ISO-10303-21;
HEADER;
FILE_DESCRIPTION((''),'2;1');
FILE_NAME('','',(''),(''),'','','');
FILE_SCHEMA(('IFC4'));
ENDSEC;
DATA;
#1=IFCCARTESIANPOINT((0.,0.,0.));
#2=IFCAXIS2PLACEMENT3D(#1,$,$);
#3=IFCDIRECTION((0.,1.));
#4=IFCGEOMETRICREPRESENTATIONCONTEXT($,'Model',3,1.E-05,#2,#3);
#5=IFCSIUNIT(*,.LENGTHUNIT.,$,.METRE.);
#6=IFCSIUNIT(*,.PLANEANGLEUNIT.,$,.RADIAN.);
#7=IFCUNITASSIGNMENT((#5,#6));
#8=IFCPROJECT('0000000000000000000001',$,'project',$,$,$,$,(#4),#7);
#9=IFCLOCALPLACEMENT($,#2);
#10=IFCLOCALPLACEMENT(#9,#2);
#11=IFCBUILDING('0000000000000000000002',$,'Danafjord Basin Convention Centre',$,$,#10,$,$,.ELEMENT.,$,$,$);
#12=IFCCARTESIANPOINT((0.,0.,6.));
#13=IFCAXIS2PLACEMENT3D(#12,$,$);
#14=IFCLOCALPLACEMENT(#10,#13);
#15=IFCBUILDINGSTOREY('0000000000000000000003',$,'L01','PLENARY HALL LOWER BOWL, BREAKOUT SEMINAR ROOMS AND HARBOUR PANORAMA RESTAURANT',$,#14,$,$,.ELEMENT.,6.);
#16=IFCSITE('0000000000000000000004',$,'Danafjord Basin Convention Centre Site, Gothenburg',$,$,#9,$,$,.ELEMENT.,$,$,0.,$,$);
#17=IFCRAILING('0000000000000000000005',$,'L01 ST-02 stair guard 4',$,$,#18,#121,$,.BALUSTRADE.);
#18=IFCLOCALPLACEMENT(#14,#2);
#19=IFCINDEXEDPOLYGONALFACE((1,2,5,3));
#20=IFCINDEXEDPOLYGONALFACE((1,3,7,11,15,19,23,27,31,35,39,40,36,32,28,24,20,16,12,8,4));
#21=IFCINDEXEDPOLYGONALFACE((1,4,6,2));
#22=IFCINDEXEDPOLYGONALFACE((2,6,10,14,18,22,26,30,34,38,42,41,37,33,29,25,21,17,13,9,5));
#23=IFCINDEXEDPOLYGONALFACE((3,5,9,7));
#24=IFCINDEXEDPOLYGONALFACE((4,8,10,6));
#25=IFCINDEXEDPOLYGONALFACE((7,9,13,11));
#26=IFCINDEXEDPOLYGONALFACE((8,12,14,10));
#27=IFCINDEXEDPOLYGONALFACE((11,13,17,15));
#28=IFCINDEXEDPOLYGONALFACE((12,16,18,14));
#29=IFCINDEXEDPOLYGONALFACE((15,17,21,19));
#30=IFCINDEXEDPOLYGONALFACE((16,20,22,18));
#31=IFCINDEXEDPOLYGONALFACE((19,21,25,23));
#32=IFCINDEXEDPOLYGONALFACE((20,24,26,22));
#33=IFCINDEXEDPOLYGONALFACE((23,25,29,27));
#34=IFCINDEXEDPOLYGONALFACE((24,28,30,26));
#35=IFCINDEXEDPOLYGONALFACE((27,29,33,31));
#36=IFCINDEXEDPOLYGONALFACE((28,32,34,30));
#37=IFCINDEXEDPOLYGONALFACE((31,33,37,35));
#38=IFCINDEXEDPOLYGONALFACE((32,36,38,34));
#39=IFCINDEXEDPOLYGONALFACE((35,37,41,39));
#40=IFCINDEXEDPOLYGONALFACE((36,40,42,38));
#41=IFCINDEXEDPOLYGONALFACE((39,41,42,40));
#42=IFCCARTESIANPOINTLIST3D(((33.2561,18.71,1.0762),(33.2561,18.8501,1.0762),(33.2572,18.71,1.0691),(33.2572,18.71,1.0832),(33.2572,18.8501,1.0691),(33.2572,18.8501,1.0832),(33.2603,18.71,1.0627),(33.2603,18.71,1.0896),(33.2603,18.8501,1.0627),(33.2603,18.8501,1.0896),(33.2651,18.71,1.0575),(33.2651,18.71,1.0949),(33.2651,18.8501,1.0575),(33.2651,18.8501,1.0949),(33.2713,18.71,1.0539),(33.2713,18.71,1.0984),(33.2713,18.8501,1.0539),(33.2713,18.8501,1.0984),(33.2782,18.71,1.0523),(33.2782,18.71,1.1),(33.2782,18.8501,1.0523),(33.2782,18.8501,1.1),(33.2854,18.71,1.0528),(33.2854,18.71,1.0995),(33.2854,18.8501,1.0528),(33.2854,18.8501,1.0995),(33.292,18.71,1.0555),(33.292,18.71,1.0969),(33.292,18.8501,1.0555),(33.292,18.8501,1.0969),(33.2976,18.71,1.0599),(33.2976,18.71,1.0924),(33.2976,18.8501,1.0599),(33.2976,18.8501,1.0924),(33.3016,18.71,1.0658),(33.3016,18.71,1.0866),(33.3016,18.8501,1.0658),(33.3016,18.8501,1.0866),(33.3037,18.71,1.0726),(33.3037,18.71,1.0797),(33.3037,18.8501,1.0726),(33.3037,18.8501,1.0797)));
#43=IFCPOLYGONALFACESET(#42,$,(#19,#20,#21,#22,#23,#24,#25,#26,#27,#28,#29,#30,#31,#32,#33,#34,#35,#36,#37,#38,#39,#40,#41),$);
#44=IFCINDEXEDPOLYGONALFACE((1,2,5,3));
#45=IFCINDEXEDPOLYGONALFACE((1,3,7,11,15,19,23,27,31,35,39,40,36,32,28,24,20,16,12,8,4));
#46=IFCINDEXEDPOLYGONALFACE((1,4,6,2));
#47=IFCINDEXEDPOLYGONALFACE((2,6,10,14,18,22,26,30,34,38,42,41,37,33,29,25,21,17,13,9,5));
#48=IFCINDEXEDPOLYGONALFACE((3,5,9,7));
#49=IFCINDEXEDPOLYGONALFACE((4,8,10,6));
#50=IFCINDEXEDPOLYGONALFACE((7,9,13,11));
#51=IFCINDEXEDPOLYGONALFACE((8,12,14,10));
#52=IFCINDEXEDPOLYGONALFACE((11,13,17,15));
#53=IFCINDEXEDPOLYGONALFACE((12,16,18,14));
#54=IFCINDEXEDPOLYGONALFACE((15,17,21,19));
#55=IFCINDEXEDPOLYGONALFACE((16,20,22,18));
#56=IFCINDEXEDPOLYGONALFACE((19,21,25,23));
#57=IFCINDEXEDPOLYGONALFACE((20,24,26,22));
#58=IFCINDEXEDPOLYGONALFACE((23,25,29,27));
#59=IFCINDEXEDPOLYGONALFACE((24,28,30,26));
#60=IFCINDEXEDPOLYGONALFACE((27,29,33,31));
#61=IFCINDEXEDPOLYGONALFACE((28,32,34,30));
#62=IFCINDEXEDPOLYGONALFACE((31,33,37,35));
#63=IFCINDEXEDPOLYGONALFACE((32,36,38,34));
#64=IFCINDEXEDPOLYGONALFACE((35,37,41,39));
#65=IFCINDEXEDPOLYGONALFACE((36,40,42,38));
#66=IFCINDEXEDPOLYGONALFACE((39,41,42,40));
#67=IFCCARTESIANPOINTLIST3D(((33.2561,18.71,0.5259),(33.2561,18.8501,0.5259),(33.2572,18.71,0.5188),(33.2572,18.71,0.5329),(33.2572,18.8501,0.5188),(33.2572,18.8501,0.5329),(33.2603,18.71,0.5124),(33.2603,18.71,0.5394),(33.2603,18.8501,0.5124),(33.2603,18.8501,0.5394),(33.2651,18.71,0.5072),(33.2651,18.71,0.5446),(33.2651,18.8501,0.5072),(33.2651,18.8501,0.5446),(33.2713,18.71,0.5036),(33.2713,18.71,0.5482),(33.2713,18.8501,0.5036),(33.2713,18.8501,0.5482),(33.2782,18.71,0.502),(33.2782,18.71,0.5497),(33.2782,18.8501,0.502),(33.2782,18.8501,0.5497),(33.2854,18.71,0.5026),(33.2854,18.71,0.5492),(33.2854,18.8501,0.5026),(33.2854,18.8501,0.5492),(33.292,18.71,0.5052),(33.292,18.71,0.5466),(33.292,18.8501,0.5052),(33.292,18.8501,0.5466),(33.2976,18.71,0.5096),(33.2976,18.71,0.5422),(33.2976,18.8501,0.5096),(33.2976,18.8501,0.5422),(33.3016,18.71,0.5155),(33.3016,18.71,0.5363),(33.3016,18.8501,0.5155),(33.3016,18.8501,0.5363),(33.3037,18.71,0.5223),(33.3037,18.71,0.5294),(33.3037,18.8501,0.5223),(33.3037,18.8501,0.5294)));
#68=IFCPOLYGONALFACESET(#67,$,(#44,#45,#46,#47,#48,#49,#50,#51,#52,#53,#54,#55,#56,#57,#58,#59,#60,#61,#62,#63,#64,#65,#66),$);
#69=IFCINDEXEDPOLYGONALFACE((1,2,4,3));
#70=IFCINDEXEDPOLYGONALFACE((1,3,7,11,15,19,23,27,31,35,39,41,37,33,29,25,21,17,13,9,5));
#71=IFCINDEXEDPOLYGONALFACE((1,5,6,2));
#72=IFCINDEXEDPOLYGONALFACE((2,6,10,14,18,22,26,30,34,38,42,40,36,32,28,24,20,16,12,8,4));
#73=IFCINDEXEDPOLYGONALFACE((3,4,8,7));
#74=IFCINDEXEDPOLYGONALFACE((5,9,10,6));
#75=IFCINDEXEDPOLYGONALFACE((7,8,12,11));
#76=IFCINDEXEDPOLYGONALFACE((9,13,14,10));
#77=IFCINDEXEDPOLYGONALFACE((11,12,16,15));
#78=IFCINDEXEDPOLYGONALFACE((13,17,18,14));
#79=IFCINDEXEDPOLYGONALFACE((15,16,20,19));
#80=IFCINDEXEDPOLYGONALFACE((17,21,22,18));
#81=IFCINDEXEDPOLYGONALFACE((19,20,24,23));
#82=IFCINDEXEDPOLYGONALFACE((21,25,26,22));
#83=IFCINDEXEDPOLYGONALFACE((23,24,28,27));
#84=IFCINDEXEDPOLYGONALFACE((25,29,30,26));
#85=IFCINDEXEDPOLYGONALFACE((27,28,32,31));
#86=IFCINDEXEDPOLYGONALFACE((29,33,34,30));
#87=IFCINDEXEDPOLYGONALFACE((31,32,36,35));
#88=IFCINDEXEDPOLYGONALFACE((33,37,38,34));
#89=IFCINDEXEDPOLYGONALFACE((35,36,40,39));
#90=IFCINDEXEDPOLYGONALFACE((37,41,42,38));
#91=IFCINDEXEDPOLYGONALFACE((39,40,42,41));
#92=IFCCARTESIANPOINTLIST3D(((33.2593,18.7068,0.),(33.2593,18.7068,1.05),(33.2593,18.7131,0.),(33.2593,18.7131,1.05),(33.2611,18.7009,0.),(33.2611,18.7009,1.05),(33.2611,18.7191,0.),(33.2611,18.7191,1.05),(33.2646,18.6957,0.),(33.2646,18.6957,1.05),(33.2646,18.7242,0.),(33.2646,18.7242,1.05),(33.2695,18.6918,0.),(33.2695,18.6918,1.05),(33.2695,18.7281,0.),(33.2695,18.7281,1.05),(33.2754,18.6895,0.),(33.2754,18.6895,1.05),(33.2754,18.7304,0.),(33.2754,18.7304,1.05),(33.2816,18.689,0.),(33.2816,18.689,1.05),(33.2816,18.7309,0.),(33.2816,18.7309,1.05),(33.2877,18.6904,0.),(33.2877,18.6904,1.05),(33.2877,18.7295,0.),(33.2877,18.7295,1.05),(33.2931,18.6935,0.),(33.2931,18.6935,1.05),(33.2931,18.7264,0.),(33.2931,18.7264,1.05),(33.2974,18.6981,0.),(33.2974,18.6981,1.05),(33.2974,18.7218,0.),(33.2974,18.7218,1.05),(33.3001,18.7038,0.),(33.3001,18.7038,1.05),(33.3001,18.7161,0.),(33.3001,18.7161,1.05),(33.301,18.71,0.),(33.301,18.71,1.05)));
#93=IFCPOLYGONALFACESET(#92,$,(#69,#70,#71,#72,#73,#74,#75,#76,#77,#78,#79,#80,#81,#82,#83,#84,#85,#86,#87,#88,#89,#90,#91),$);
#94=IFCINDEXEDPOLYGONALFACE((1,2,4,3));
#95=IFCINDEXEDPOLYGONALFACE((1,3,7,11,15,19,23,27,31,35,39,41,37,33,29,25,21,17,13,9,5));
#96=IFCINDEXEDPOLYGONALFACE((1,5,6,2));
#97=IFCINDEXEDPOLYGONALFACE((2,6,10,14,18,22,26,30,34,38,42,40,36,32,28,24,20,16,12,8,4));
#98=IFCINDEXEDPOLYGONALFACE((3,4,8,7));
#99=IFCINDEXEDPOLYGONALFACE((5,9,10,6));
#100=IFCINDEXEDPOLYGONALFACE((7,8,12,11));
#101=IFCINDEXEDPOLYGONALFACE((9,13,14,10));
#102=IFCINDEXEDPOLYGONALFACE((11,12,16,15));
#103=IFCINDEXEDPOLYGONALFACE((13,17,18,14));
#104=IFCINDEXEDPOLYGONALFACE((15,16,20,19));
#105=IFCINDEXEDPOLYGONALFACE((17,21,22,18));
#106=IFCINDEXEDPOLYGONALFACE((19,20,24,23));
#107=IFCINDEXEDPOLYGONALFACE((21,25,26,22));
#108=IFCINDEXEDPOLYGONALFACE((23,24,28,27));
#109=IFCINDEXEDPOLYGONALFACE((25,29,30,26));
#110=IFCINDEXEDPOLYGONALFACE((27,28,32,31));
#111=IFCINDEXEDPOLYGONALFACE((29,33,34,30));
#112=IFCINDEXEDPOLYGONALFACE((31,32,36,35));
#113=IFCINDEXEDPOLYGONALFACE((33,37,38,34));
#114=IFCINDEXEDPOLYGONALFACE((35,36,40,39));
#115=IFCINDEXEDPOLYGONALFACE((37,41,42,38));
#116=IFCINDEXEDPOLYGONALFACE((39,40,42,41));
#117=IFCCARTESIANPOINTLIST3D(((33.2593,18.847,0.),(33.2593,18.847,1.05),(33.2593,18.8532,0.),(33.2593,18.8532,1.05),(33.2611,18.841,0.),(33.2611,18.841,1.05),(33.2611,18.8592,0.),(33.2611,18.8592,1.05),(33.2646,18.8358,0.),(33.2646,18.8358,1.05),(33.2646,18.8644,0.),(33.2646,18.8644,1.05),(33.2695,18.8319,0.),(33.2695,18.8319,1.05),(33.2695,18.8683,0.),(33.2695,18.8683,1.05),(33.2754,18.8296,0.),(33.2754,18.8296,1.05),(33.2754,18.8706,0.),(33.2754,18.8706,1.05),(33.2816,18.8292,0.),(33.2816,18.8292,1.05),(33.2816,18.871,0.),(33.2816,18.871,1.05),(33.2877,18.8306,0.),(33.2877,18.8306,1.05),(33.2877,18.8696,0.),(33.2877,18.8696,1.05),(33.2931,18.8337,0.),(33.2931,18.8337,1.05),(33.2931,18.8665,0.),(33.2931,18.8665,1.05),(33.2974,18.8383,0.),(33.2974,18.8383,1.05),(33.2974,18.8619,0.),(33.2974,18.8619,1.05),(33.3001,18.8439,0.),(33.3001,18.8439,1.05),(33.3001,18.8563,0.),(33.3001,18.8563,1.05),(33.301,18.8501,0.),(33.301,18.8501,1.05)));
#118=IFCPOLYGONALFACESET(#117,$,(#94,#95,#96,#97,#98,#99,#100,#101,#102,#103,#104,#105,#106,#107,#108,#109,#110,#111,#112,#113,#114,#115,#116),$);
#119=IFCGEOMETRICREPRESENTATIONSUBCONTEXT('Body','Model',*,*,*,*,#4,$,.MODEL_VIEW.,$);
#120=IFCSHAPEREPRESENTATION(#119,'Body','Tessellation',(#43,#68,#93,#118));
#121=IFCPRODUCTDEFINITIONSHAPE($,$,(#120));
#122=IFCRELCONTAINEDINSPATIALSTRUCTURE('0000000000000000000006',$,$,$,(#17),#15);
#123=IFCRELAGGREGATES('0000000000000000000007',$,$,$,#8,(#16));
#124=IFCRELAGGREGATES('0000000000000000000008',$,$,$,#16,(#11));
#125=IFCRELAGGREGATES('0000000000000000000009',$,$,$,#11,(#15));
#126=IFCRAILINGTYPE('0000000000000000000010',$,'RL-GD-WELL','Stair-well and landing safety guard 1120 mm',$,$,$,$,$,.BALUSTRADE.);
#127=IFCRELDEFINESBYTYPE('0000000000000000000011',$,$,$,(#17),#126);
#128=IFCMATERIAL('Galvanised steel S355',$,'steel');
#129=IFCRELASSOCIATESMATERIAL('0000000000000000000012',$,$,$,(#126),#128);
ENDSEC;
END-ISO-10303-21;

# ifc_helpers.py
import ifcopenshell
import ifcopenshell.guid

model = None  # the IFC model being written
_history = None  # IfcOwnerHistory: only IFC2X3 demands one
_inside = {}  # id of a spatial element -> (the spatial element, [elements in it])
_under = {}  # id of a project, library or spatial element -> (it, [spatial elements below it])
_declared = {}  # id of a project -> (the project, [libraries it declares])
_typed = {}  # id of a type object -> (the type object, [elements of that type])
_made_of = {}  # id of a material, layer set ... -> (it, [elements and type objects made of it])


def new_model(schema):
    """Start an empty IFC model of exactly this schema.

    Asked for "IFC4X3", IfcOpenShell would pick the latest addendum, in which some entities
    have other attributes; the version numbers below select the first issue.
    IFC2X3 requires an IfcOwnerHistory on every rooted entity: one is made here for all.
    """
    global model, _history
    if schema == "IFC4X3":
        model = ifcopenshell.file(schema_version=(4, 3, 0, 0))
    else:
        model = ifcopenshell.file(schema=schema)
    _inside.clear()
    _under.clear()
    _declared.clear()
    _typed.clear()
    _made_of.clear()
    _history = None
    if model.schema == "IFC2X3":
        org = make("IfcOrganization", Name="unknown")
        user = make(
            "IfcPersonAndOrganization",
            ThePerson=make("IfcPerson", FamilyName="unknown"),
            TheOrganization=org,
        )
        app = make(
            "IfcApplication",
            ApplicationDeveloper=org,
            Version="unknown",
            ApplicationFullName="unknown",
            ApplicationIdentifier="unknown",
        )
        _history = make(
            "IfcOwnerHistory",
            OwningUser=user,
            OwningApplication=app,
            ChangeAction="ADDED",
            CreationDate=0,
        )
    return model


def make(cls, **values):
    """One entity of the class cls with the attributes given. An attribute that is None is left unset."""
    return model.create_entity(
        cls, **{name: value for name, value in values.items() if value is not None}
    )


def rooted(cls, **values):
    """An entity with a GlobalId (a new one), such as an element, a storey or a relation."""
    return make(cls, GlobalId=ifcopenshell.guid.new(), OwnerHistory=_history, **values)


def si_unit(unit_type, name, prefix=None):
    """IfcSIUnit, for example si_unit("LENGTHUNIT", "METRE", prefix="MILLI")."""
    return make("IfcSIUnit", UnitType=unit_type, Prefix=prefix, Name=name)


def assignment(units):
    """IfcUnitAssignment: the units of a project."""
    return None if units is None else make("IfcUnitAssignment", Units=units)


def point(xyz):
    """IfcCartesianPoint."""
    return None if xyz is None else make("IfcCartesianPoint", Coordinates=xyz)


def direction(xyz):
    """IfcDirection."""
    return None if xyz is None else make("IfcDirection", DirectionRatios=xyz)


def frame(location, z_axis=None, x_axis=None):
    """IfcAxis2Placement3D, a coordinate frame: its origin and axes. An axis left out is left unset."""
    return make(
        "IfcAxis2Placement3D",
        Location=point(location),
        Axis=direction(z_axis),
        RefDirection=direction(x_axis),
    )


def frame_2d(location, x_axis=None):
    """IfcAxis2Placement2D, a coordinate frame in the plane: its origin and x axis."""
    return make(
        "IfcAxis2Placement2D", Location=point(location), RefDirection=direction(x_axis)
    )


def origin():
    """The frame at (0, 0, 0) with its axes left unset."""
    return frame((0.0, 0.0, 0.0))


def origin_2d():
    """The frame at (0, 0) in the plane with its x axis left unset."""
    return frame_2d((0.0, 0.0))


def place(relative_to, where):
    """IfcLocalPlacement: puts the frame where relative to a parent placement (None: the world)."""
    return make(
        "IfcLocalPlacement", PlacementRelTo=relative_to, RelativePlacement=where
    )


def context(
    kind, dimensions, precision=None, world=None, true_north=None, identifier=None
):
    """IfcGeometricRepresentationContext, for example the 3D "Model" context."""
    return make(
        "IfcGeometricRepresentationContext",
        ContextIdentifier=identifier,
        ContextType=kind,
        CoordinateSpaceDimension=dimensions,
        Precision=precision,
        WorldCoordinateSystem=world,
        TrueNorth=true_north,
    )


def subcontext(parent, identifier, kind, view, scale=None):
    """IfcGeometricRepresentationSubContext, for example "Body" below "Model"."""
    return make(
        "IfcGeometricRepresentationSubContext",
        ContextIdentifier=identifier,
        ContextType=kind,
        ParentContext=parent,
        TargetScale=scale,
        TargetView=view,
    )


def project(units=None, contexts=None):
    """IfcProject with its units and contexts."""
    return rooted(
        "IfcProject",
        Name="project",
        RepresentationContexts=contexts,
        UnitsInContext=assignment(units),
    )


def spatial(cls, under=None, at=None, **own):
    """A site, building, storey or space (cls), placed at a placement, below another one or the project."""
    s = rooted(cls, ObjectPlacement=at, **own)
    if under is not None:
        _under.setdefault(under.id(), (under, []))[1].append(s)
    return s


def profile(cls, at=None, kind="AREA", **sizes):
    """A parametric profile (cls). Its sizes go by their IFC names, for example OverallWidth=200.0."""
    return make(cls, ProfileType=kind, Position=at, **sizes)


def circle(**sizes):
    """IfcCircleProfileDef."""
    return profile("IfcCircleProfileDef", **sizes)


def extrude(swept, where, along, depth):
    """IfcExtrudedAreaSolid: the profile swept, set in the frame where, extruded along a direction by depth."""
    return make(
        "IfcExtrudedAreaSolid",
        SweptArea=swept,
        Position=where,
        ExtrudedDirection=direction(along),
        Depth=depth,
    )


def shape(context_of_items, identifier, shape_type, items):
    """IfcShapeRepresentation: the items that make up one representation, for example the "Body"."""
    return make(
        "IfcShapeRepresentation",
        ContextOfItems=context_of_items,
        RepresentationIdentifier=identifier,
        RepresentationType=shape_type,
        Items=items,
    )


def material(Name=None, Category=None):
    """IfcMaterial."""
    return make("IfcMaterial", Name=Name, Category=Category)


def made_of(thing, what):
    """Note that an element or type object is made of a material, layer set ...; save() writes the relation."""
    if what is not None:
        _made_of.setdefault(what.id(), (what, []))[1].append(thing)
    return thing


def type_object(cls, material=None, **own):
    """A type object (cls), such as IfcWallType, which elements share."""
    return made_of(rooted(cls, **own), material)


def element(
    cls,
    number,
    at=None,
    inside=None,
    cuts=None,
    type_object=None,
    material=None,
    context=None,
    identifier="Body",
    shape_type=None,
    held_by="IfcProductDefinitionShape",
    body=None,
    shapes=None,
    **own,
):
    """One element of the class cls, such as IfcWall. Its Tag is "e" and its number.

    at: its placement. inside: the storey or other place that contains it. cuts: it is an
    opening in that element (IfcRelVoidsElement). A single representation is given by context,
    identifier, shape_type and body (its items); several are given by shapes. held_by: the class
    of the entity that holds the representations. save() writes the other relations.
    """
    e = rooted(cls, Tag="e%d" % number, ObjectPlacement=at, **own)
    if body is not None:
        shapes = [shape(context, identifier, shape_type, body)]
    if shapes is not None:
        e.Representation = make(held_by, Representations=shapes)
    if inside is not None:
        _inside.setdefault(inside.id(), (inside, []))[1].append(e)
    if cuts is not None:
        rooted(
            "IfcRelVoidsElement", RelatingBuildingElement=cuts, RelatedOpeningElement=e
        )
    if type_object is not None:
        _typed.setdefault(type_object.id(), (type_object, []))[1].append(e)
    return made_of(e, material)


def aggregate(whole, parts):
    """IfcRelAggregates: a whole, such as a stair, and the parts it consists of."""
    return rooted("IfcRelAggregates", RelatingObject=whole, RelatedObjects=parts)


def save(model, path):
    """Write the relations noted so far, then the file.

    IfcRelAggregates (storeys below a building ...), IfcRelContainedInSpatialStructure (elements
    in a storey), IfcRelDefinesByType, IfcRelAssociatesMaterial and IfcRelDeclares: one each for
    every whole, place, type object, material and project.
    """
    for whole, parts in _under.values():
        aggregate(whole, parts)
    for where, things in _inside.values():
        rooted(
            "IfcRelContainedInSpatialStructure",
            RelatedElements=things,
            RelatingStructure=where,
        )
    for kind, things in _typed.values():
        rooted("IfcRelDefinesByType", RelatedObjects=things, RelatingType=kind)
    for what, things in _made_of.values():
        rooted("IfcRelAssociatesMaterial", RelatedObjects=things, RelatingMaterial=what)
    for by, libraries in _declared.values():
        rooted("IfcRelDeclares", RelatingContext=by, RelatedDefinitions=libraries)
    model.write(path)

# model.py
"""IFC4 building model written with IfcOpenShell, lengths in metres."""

from ifc_helpers import new_model, si_unit, direction, frame, origin, origin_2d, place, context, subcontext, project, spatial, circle, extrude, material, type_object, element, save


model = new_model("IFC4")

# Units and contexts
model_context = context("Model", 3, precision=1e-05, world=origin(), true_north=direction((0.0, 1.0)))
body_context = subcontext(model_context, "Body", "Model", "MODEL_VIEW")
ifc_project = project(units=[si_unit("LENGTHUNIT", "METRE"), si_unit("PLANEANGLEUNIT", "RADIAN")], contexts=[model_context])

# Site, building, storey
site_placement = place(None, origin())
site = spatial("IfcSite", under=ifc_project, at=site_placement, Name="Danafjord Basin Convention Centre Site, Gothenburg", CompositionType="ELEMENT", RefElevation=0.0)
building_placement = place(site_placement, origin())
building = spatial("IfcBuilding", under=site, at=building_placement, Name="Danafjord Basin Convention Centre", CompositionType="ELEMENT")
storey_placement = place(building_placement, frame((0.0, 0.0, 6.0)))
storey = spatial("IfcBuildingStorey", under=building, at=storey_placement, Name="L01", Description="PLENARY HALL LOWER BOWL, BREAKOUT SEMINAR ROOMS AND HARBOUR PANORAMA RESTAURANT", CompositionType="ELEMENT", Elevation=6.0)

# Railing
ifc_material_1 = material(Name="Galvanised steel S355", Category="steel")
railing_type_1 = type_object("IfcRailingType", Name="RL-GD-WELL", Description="Stair-well and landing safety guard 1120 mm", PredefinedType="BALUSTRADE", material=ifc_material_1)
railing_1_placement = place(storey_placement, frame((33.28, 18.71, 0.0)))
element("IfcRailing", 1, at=railing_1_placement, inside=storey, type_object=railing_type_1, Name="L01 ST-02 stair guard 4", PredefinedType="BALUSTRADE", context=body_context, shape_type="SweptSolid", body=[
    extrude(circle(Radius=0.0239, at=origin_2d()), frame((0.0, 0.0, 1.0762), z_axis=(0.0, 1.0, 0.0), x_axis=(-1.0, 0.0, 0.0)), (0.0, 0.0, 1.0), 0.1401),
    extrude(circle(Radius=0.0239, at=origin_2d()), frame((0.0, 0.0, 0.5259), z_axis=(0.0, 1.0, 0.0), x_axis=(-1.0, 0.0, 0.0)), (0.0, 0.0, 1.0), 0.1401),
    extrude(circle(Radius=0.021, at=origin_2d()), origin(), (0.0, 0.0, 1.0), 1.05),
    extrude(circle(Radius=0.021, at=origin_2d()), frame((0.0, 0.1401, 0.0)), (0.0, 0.0, 1.0), 1.05),
])

save(model, "model.ifc")
